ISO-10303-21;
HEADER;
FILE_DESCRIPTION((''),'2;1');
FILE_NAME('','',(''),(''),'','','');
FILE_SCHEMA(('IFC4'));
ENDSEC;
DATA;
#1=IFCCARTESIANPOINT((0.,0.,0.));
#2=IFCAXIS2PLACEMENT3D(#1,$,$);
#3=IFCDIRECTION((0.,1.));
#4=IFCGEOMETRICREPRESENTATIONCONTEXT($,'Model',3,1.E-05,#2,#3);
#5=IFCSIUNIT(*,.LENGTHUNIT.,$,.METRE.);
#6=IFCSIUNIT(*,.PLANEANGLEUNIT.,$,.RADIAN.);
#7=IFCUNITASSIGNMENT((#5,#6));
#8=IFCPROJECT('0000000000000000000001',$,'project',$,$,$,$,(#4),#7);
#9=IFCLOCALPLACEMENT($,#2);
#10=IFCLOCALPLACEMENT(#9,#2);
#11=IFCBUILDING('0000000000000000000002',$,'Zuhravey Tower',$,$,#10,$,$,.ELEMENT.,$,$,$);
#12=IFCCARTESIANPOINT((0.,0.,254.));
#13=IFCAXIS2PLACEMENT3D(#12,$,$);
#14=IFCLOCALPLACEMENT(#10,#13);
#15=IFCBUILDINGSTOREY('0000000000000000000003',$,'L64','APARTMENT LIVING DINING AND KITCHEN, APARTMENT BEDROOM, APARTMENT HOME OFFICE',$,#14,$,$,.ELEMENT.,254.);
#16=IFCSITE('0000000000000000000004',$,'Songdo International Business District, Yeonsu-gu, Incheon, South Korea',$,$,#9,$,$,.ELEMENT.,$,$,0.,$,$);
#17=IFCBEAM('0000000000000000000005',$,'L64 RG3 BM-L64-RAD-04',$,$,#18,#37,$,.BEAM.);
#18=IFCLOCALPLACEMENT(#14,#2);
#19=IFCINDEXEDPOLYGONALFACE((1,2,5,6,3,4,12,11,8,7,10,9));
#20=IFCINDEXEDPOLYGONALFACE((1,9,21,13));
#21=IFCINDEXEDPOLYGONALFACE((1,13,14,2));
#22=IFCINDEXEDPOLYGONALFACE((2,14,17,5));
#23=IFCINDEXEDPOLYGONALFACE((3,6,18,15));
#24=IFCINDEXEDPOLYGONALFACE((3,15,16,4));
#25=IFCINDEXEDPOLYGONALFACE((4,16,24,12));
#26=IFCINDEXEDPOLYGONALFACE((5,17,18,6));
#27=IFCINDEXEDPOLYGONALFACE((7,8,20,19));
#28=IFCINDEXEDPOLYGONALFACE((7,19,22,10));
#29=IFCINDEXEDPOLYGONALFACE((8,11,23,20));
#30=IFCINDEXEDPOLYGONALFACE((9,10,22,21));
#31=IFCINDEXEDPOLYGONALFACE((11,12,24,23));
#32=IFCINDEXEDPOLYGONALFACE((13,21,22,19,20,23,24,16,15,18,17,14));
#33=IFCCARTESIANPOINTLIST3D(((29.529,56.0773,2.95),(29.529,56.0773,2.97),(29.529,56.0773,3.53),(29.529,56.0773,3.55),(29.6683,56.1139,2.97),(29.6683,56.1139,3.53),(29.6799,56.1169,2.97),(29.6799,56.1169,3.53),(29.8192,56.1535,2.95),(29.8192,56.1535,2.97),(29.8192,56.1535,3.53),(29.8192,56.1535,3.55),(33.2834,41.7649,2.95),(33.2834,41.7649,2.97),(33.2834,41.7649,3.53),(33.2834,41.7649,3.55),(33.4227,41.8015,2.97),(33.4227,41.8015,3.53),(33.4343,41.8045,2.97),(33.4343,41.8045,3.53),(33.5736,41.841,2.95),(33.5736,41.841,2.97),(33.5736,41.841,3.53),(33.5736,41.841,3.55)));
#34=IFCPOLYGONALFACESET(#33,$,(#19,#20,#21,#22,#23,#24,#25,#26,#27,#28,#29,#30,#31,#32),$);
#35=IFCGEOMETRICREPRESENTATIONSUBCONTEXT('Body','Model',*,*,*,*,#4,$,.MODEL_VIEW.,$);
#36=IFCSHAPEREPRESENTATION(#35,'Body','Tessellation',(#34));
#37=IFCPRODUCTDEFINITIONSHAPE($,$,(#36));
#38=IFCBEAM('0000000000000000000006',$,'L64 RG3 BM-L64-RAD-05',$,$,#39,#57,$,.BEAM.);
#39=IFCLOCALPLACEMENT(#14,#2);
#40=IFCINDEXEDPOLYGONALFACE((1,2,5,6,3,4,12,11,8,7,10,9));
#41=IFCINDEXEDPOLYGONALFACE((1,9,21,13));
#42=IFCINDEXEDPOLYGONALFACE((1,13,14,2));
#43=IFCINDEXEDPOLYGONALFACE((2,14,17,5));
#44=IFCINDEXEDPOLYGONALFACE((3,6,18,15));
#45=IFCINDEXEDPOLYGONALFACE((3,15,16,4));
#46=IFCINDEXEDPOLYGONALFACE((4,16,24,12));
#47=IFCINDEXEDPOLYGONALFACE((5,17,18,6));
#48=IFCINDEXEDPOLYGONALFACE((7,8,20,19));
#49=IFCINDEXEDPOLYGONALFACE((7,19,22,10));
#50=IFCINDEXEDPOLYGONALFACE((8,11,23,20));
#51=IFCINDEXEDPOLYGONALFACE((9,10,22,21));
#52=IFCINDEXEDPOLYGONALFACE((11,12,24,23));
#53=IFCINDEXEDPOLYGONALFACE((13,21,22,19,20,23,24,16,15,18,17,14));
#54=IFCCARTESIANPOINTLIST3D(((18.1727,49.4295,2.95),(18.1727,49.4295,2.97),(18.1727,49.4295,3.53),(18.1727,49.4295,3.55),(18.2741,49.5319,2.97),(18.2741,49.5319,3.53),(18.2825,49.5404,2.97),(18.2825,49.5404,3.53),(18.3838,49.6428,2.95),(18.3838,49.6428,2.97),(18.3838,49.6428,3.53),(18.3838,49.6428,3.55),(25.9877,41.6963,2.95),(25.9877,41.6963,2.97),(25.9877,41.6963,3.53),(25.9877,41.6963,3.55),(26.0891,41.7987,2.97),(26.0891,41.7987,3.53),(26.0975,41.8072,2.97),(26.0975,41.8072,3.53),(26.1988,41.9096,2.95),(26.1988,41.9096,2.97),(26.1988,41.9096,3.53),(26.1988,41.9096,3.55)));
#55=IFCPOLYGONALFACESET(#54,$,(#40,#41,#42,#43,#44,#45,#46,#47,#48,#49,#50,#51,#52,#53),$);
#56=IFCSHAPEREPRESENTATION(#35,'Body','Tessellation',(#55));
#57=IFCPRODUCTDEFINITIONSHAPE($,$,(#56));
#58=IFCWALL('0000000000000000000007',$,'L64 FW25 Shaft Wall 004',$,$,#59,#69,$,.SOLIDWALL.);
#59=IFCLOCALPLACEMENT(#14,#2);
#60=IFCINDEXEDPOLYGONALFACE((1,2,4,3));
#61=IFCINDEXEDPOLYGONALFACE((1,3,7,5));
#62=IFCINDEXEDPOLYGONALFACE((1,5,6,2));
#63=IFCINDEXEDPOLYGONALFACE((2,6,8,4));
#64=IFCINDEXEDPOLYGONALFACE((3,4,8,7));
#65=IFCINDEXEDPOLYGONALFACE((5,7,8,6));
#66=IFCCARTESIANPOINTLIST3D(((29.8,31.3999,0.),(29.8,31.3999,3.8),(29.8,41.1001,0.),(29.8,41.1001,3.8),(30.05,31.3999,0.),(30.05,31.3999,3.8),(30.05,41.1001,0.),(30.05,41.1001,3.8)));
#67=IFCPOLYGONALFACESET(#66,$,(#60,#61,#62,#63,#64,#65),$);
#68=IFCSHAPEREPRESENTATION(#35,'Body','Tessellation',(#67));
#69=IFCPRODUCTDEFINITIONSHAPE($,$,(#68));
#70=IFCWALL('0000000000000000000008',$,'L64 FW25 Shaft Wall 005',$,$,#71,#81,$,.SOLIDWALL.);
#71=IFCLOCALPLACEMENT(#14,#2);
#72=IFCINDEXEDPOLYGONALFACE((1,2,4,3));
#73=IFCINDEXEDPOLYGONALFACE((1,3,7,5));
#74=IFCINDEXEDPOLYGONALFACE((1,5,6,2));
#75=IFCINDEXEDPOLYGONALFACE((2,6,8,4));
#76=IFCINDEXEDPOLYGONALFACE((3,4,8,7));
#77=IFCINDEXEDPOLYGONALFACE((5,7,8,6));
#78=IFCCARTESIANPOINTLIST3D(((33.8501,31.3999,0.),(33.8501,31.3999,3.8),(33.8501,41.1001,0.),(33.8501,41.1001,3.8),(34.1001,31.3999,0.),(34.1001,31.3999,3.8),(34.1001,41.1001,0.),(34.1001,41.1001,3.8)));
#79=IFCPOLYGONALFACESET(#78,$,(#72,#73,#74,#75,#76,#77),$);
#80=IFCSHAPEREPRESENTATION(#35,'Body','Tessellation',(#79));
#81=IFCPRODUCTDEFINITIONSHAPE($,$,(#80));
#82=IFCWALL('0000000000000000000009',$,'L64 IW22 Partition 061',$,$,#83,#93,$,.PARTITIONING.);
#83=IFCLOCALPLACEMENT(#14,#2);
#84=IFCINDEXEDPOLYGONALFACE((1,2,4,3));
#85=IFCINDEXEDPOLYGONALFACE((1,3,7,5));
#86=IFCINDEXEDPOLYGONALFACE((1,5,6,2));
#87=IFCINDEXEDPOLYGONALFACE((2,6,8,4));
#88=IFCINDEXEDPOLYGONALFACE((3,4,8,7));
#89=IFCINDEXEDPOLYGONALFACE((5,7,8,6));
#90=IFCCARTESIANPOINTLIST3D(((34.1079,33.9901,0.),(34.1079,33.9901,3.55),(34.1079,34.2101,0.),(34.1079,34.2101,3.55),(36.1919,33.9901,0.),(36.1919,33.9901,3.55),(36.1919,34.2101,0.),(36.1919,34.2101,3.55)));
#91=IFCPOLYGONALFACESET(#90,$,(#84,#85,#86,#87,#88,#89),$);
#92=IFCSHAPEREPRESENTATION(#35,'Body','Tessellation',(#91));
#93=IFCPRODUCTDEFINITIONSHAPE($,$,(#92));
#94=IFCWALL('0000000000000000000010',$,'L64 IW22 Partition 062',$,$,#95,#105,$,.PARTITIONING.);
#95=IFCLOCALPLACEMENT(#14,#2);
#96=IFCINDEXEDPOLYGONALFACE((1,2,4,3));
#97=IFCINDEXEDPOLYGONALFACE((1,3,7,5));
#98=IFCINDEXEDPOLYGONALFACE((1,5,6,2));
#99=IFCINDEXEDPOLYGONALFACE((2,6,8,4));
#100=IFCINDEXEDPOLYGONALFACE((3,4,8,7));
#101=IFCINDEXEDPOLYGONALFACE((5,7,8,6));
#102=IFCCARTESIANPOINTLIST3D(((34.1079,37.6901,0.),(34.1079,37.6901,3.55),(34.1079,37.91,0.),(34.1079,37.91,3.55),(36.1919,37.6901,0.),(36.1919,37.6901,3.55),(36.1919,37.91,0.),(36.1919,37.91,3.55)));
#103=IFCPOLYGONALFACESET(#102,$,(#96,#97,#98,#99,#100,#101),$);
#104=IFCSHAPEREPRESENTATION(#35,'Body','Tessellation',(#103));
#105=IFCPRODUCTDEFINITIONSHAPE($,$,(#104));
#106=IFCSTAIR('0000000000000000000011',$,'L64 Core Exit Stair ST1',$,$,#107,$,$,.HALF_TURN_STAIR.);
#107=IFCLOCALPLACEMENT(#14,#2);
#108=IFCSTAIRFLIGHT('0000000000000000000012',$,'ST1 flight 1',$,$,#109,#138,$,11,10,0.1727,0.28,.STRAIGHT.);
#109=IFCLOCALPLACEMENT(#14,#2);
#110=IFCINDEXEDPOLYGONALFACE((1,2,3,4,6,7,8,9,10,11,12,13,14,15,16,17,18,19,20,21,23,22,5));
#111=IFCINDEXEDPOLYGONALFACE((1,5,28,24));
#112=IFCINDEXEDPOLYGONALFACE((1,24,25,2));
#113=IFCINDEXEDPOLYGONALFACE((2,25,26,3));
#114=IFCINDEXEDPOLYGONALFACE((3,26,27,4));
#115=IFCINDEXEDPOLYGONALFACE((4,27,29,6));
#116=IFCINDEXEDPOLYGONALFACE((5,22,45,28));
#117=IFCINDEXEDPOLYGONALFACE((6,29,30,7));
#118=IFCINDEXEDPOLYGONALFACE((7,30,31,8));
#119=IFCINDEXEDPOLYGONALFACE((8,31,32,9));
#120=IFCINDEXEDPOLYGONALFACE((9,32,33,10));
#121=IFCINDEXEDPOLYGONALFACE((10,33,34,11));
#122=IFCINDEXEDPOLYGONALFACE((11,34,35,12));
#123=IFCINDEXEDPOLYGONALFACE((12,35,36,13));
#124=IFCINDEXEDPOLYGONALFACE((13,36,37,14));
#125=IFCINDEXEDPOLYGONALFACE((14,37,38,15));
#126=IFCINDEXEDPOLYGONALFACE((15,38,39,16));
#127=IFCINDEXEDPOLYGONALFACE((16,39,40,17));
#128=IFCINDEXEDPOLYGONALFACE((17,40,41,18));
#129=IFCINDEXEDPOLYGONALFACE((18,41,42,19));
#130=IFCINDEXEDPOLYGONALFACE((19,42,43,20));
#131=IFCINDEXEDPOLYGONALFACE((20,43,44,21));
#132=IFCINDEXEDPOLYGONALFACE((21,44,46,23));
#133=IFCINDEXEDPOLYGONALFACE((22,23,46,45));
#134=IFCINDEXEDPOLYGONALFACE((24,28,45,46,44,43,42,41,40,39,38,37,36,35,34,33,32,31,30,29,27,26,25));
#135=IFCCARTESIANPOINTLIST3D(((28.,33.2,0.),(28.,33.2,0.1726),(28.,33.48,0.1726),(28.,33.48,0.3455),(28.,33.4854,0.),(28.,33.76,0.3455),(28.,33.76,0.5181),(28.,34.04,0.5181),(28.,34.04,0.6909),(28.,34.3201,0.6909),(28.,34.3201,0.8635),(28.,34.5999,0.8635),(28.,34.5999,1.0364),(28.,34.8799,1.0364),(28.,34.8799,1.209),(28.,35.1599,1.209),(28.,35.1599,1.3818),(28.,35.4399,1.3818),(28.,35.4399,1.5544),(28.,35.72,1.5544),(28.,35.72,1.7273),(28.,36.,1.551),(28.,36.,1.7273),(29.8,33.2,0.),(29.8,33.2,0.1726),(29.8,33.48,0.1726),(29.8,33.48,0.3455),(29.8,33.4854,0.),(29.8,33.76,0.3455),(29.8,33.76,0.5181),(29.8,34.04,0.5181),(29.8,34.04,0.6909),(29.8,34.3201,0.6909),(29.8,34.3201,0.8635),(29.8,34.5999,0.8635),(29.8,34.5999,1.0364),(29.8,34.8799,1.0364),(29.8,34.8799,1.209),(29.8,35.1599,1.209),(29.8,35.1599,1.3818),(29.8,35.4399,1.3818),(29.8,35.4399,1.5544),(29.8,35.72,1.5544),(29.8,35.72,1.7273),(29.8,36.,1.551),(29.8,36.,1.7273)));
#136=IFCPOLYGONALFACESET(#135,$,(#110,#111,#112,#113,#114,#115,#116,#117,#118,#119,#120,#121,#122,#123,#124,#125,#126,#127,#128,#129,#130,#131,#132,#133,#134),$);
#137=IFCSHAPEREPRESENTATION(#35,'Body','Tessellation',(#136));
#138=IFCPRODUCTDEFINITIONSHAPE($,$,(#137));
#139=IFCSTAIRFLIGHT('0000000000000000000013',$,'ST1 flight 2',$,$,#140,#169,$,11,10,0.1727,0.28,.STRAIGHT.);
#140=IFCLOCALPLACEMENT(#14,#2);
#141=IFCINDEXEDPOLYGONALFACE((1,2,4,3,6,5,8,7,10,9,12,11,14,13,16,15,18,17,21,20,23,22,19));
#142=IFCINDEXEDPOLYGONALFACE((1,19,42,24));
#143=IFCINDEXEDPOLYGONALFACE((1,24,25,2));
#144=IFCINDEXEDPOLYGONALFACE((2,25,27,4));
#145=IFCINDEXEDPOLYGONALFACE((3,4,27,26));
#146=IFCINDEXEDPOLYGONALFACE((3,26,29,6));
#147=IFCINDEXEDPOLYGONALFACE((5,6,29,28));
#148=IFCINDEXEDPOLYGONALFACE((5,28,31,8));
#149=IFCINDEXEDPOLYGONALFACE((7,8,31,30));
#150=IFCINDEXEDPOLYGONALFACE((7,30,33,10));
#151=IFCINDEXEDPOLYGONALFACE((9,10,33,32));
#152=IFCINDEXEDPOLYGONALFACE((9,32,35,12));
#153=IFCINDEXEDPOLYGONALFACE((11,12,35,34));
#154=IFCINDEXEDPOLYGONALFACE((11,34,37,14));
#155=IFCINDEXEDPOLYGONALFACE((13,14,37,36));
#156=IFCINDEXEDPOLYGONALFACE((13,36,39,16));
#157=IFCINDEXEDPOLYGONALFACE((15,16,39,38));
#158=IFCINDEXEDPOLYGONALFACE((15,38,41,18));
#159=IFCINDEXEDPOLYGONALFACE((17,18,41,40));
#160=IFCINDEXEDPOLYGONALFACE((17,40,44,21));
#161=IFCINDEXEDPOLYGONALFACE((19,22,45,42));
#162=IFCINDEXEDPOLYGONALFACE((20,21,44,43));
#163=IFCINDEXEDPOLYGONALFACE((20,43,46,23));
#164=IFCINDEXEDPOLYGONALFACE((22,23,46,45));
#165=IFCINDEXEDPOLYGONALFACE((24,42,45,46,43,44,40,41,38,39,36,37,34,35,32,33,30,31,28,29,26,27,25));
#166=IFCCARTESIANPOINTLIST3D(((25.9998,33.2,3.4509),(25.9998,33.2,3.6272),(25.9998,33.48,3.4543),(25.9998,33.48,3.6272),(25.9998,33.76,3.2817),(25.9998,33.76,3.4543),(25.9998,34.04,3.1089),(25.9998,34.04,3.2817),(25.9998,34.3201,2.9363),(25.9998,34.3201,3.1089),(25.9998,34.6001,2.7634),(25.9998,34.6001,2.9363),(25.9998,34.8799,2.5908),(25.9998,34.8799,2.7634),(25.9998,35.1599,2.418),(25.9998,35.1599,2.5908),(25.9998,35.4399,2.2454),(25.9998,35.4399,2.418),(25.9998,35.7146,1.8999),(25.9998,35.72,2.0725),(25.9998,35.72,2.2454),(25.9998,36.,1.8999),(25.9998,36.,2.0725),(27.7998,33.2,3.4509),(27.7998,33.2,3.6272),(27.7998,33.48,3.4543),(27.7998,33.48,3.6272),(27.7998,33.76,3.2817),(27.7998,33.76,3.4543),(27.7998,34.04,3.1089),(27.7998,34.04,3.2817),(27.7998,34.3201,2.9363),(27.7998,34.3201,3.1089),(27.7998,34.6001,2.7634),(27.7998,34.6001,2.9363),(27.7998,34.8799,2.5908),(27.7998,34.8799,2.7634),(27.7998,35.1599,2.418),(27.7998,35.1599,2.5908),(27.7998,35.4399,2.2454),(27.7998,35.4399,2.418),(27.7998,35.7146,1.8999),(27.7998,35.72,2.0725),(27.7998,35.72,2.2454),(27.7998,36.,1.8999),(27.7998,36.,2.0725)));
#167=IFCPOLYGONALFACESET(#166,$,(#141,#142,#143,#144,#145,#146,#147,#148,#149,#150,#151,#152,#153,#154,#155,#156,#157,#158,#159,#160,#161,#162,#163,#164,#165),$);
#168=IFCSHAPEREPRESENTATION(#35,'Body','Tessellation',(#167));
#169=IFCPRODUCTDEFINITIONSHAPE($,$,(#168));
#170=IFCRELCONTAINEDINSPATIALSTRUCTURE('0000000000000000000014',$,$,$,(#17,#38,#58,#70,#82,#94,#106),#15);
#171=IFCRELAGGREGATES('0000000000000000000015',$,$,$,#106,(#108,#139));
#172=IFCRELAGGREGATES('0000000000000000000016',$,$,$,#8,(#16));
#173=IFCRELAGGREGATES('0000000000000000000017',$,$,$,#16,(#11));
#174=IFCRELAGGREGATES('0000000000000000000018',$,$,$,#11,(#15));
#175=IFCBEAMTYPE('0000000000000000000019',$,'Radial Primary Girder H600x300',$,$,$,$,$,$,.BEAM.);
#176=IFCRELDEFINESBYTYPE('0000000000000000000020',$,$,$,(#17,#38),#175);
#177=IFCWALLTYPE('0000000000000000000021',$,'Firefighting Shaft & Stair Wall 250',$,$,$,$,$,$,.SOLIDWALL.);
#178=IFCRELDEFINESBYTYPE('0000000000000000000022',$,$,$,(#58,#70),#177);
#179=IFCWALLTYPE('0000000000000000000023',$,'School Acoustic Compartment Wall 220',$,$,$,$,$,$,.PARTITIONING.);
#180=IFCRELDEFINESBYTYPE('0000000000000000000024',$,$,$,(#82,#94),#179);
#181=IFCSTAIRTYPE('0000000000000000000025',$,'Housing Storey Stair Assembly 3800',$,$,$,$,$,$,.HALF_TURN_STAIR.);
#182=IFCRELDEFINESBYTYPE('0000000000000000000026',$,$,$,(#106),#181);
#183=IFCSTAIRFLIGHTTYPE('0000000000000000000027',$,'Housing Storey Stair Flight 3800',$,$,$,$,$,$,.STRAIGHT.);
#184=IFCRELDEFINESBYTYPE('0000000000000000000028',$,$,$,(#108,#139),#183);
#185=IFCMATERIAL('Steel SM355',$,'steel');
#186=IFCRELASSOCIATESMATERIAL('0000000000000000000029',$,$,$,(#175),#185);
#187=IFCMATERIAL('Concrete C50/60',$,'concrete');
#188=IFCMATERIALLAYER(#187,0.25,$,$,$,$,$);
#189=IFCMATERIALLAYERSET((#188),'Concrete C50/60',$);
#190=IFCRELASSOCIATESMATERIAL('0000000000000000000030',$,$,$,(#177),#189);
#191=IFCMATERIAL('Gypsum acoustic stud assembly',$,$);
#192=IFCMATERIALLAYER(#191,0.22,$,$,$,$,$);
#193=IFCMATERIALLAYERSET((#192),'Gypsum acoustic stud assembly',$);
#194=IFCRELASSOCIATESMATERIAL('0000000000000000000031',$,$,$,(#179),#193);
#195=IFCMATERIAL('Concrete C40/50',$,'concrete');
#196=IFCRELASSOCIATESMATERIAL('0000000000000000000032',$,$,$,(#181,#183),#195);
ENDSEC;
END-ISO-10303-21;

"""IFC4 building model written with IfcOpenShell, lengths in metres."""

from ifc_helpers import new_model, si_unit, direction, frame, frame_2d, origin, origin_2d, place, context, subcontext, project, spatial, polyline, rectangle, i_section, outline, extrude, material, layer, layer_set, material_profile, profile_set, type_object, element, aggregate, save


model = new_model("IFC4")

# Units and contexts
model_context = context("Model", 3, precision=1e-05, world=origin(), true_north=direction((0.0, 1.0)))
body_context = subcontext(model_context, "Body", "Model", "MODEL_VIEW")
ifc_project = project(units=[si_unit("LENGTHUNIT", "METRE"), si_unit("PLANEANGLEUNIT", "RADIAN")], contexts=[model_context])

# Site, building, storey
site_placement = place(None, origin())
site = spatial("IfcSite", under=ifc_project, at=site_placement, Name="Songdo International Business District, Yeonsu-gu, Incheon, South Korea", CompositionType="ELEMENT", RefElevation=0.0)
building_placement = place(site_placement, origin())
building = spatial("IfcBuilding", under=site, at=building_placement, Name="Zuhravey Tower", CompositionType="ELEMENT")
storey_placement = place(building_placement, frame((0.0, 0.0, 254.0)))
storey = spatial("IfcBuildingStorey", under=building, at=storey_placement, Name="L64", Description="APARTMENT LIVING DINING AND KITCHEN, APARTMENT BEDROOM, APARTMENT HOME OFFICE", CompositionType="ELEMENT", Elevation=254.0)

# Beams
ifc_material_1 = material(Name="Steel SM355", Category="steel")
ifc_material_profile = material_profile(ifc_material_1, i_section(OverallWidth=0.3, OverallDepth=0.6001, WebThickness=0.012, FlangeThickness=0.02, at=origin_2d()), Name="H-600x300x12x20")
ifc_profile_set = profile_set([ifc_material_profile], Name="Steel SM355")
beam_type = type_object("IfcBeamType", Name="Radial Primary Girder H600x300", PredefinedType="BEAM", material=ifc_profile_set)
beam_1_placement = place(storey_placement, frame((33.4285, 41.803, 3.25), z_axis=(-0.253731, 0.967275, 0.0), x_axis=(-0.967275, -0.253731, 0.0)))
element("IfcBeam", 1, at=beam_1_placement, inside=storey, type_object=beam_type, Name="L64 RG3 BM-L64-RAD-04", PredefinedType="BEAM", context=body_context, shape_type="SweptSolid", body=[
    extrude(i_section(OverallWidth=0.3, OverallDepth=0.6001, WebThickness=0.012, FlangeThickness=0.02, at=origin_2d()), origin(), (0.0, 0.0, 1.0), 14.7966),
])
beam_2_placement = place(storey_placement, frame((26.0933, 41.803, 3.25), z_axis=(-0.710817, 0.703377, 0.0), x_axis=(-0.703377, -0.710817, 0.0)))
element("IfcBeam", 2, at=beam_2_placement, inside=storey, type_object=beam_type, Name="L64 RG3 BM-L64-RAD-05", PredefinedType="BEAM", context=body_context, shape_type="SweptSolid", body=[
    extrude(i_section(OverallWidth=0.3, OverallDepth=0.6001, WebThickness=0.012, FlangeThickness=0.02, at=origin_2d()), origin(), (0.0, 0.0, 1.0), 10.9944),
])

# Shared definitions
ifc_material_2 = material(Name="Concrete C50/60", Category="concrete")
ifc_layer_1 = layer(ifc_material_2, 0.25)
ifc_layer_set_1 = layer_set([ifc_layer_1], Name="Concrete C50/60")
wall_type_1 = type_object("IfcWallType", Name="Firefighting Shaft & Stair Wall 250", PredefinedType="SOLIDWALL", material=ifc_layer_set_1)

# Walls
for number, where, z_axis, x_axis, name in (
    (3, (29.925, 31.3999, 0.0), (0.0, 0.0, 1.0), (0.0, 1.0, 0.0), "L64 FW25 Shaft Wall 004"),
    (4, (33.9751, 31.3999, 0.0), (0.0, 0.0, 1.0), (0.0, 1.0, 0.0), "L64 FW25 Shaft Wall 005"),
):
    element("IfcWall", number, at=place(storey_placement, frame(where, z_axis=z_axis, x_axis=x_axis)), inside=storey, type_object=wall_type_1, Name=name, PredefinedType="SOLIDWALL", context=body_context, shape_type="SweptSolid", body=[
        extrude(rectangle(XDim=9.7002, YDim=0.25, at=frame_2d((4.8501, 0.0))), origin(), (0.0, 0.0, 1.0), 3.8),
    ])
ifc_material_3 = material(Name="Gypsum acoustic stud assembly")
ifc_layer_2 = layer(ifc_material_3, 0.22)
ifc_layer_set_2 = layer_set([ifc_layer_2], Name="Gypsum acoustic stud assembly")
wall_type_2 = type_object("IfcWallType", Name="School Acoustic Compartment Wall 220", PredefinedType="PARTITIONING", material=ifc_layer_set_2)
for number, where, z_axis, x_axis, name in (
    (5, (34.1079, 34.1001, 0.0), (0.0, 0.0, 1.0), (1.0, 0.0, 0.0), "L64 IW22 Partition 061"),
    (6, (34.1079, 37.8, 0.0), (0.0, 0.0, 1.0), (1.0, 0.0, 0.0), "L64 IW22 Partition 062"),
):
    element("IfcWall", number, at=place(storey_placement, frame(where, z_axis=z_axis, x_axis=x_axis)), inside=storey, type_object=wall_type_2, Name=name, PredefinedType="PARTITIONING", context=body_context, shape_type="SweptSolid", body=[
        extrude(rectangle(XDim=2.084, YDim=0.22, at=frame_2d((1.042, 0.0))), origin(), (0.0, 0.0, 1.0), 3.55),
    ])

# Stair, stair flights
ifc_material_4 = material(Name="Concrete C40/50", Category="concrete")
stair_type = type_object("IfcStairType", Name="Housing Storey Stair Assembly 3800", PredefinedType="HALF_TURN_STAIR", material=ifc_material_4)
stair_1_placement = place(storey_placement, origin())
stair_1 = element("IfcStair", 7, at=stair_1_placement, inside=storey, type_object=stair_type, Name="L64 Core Exit Stair ST1", PredefinedType="HALF_TURN_STAIR")
stair_flight_type = type_object("IfcStairFlightType", Name="Housing Storey Stair Flight 3800", PredefinedType="STRAIGHT", material=ifc_material_4)
stair_flight_1_placement = place(storey_placement, frame((28.8999, 33.2, 0.0), z_axis=(0.0, 0.0, 1.0), x_axis=(0.0, 1.0, 0.0)))
stair_flight_1 = element("IfcStairFlight", 8, at=stair_flight_1_placement, type_object=stair_flight_type, Name="ST1 flight 1", NumberOfRisers=11, NumberOfTreads=10, PredefinedType="STRAIGHT", RiserHeight=0.1727, TreadLength=0.28, context=body_context, shape_type="SweptSolid", body=[
    extrude(outline(polyline([(0.0, 0.0), (0.0, 0.1726), (0.28, 0.1726), (0.28, 0.3455), (0.5601, 0.3455), (0.5601, 0.5181), (0.8401, 0.5181), (0.8401, 0.6909), (1.1201, 0.6909), (1.1201, 0.8635), (1.3999, 0.8635), (1.3999, 1.0364), (1.6799, 1.0364), (1.6799, 1.209), (1.96, 1.209), (1.96, 1.3818), (2.24, 1.3818), (2.24, 1.5544), (2.52, 1.5544), (2.52, 1.7273), (2.8, 1.7273), (2.8, 1.8999), (2.8, 1.551), (0.2854, 0.0), (0.0, 0.0)])), frame((0.0, 0.8999, 0.0), z_axis=(0.0, -1.0, 0.0), x_axis=(1.0, 0.0, 0.0)), (0.0, 0.0, 1.0), 1.8),
])
stair_flight_2_placement = place(storey_placement, frame((26.8999, 36.0, 1.8999), z_axis=(0.0, 0.0, 1.0), x_axis=(0.0, -1.0, 0.0)))
stair_flight_2 = element("IfcStairFlight", 9, at=stair_flight_2_placement, type_object=stair_flight_type, Name="ST1 flight 2", NumberOfRisers=11, NumberOfTreads=10, PredefinedType="STRAIGHT", RiserHeight=0.1727, TreadLength=0.28, context=body_context, shape_type="SweptSolid", body=[
    extrude(outline(polyline([(0.0, 0.0), (0.0, 0.1726), (0.28, 0.1726), (0.28, 0.3455), (0.5601, 0.3455), (0.5601, 0.5181), (0.8401, 0.5181), (0.8401, 0.6909), (1.1201, 0.6909), (1.1201, 0.8635), (1.3999, 0.8635), (1.3999, 1.0364), (1.6799, 1.0364), (1.6799, 1.209), (1.96, 1.209), (1.96, 1.3818), (2.24, 1.3818), (2.24, 1.5544), (2.52, 1.5544), (2.52, 1.7273), (2.8, 1.7273), (2.8, 1.8999), (2.8, 1.551), (0.2854, 0.0), (0.0, 0.0)])), frame((0.0, 0.8999, 0.0), z_axis=(0.0, -1.0, 0.0), x_axis=(1.0, 0.0, 0.0)), (0.0, 0.0, 1.0), 1.8),
])
aggregate(stair_1, [stair_flight_1, stair_flight_2])

save(model, "model.ifc")
